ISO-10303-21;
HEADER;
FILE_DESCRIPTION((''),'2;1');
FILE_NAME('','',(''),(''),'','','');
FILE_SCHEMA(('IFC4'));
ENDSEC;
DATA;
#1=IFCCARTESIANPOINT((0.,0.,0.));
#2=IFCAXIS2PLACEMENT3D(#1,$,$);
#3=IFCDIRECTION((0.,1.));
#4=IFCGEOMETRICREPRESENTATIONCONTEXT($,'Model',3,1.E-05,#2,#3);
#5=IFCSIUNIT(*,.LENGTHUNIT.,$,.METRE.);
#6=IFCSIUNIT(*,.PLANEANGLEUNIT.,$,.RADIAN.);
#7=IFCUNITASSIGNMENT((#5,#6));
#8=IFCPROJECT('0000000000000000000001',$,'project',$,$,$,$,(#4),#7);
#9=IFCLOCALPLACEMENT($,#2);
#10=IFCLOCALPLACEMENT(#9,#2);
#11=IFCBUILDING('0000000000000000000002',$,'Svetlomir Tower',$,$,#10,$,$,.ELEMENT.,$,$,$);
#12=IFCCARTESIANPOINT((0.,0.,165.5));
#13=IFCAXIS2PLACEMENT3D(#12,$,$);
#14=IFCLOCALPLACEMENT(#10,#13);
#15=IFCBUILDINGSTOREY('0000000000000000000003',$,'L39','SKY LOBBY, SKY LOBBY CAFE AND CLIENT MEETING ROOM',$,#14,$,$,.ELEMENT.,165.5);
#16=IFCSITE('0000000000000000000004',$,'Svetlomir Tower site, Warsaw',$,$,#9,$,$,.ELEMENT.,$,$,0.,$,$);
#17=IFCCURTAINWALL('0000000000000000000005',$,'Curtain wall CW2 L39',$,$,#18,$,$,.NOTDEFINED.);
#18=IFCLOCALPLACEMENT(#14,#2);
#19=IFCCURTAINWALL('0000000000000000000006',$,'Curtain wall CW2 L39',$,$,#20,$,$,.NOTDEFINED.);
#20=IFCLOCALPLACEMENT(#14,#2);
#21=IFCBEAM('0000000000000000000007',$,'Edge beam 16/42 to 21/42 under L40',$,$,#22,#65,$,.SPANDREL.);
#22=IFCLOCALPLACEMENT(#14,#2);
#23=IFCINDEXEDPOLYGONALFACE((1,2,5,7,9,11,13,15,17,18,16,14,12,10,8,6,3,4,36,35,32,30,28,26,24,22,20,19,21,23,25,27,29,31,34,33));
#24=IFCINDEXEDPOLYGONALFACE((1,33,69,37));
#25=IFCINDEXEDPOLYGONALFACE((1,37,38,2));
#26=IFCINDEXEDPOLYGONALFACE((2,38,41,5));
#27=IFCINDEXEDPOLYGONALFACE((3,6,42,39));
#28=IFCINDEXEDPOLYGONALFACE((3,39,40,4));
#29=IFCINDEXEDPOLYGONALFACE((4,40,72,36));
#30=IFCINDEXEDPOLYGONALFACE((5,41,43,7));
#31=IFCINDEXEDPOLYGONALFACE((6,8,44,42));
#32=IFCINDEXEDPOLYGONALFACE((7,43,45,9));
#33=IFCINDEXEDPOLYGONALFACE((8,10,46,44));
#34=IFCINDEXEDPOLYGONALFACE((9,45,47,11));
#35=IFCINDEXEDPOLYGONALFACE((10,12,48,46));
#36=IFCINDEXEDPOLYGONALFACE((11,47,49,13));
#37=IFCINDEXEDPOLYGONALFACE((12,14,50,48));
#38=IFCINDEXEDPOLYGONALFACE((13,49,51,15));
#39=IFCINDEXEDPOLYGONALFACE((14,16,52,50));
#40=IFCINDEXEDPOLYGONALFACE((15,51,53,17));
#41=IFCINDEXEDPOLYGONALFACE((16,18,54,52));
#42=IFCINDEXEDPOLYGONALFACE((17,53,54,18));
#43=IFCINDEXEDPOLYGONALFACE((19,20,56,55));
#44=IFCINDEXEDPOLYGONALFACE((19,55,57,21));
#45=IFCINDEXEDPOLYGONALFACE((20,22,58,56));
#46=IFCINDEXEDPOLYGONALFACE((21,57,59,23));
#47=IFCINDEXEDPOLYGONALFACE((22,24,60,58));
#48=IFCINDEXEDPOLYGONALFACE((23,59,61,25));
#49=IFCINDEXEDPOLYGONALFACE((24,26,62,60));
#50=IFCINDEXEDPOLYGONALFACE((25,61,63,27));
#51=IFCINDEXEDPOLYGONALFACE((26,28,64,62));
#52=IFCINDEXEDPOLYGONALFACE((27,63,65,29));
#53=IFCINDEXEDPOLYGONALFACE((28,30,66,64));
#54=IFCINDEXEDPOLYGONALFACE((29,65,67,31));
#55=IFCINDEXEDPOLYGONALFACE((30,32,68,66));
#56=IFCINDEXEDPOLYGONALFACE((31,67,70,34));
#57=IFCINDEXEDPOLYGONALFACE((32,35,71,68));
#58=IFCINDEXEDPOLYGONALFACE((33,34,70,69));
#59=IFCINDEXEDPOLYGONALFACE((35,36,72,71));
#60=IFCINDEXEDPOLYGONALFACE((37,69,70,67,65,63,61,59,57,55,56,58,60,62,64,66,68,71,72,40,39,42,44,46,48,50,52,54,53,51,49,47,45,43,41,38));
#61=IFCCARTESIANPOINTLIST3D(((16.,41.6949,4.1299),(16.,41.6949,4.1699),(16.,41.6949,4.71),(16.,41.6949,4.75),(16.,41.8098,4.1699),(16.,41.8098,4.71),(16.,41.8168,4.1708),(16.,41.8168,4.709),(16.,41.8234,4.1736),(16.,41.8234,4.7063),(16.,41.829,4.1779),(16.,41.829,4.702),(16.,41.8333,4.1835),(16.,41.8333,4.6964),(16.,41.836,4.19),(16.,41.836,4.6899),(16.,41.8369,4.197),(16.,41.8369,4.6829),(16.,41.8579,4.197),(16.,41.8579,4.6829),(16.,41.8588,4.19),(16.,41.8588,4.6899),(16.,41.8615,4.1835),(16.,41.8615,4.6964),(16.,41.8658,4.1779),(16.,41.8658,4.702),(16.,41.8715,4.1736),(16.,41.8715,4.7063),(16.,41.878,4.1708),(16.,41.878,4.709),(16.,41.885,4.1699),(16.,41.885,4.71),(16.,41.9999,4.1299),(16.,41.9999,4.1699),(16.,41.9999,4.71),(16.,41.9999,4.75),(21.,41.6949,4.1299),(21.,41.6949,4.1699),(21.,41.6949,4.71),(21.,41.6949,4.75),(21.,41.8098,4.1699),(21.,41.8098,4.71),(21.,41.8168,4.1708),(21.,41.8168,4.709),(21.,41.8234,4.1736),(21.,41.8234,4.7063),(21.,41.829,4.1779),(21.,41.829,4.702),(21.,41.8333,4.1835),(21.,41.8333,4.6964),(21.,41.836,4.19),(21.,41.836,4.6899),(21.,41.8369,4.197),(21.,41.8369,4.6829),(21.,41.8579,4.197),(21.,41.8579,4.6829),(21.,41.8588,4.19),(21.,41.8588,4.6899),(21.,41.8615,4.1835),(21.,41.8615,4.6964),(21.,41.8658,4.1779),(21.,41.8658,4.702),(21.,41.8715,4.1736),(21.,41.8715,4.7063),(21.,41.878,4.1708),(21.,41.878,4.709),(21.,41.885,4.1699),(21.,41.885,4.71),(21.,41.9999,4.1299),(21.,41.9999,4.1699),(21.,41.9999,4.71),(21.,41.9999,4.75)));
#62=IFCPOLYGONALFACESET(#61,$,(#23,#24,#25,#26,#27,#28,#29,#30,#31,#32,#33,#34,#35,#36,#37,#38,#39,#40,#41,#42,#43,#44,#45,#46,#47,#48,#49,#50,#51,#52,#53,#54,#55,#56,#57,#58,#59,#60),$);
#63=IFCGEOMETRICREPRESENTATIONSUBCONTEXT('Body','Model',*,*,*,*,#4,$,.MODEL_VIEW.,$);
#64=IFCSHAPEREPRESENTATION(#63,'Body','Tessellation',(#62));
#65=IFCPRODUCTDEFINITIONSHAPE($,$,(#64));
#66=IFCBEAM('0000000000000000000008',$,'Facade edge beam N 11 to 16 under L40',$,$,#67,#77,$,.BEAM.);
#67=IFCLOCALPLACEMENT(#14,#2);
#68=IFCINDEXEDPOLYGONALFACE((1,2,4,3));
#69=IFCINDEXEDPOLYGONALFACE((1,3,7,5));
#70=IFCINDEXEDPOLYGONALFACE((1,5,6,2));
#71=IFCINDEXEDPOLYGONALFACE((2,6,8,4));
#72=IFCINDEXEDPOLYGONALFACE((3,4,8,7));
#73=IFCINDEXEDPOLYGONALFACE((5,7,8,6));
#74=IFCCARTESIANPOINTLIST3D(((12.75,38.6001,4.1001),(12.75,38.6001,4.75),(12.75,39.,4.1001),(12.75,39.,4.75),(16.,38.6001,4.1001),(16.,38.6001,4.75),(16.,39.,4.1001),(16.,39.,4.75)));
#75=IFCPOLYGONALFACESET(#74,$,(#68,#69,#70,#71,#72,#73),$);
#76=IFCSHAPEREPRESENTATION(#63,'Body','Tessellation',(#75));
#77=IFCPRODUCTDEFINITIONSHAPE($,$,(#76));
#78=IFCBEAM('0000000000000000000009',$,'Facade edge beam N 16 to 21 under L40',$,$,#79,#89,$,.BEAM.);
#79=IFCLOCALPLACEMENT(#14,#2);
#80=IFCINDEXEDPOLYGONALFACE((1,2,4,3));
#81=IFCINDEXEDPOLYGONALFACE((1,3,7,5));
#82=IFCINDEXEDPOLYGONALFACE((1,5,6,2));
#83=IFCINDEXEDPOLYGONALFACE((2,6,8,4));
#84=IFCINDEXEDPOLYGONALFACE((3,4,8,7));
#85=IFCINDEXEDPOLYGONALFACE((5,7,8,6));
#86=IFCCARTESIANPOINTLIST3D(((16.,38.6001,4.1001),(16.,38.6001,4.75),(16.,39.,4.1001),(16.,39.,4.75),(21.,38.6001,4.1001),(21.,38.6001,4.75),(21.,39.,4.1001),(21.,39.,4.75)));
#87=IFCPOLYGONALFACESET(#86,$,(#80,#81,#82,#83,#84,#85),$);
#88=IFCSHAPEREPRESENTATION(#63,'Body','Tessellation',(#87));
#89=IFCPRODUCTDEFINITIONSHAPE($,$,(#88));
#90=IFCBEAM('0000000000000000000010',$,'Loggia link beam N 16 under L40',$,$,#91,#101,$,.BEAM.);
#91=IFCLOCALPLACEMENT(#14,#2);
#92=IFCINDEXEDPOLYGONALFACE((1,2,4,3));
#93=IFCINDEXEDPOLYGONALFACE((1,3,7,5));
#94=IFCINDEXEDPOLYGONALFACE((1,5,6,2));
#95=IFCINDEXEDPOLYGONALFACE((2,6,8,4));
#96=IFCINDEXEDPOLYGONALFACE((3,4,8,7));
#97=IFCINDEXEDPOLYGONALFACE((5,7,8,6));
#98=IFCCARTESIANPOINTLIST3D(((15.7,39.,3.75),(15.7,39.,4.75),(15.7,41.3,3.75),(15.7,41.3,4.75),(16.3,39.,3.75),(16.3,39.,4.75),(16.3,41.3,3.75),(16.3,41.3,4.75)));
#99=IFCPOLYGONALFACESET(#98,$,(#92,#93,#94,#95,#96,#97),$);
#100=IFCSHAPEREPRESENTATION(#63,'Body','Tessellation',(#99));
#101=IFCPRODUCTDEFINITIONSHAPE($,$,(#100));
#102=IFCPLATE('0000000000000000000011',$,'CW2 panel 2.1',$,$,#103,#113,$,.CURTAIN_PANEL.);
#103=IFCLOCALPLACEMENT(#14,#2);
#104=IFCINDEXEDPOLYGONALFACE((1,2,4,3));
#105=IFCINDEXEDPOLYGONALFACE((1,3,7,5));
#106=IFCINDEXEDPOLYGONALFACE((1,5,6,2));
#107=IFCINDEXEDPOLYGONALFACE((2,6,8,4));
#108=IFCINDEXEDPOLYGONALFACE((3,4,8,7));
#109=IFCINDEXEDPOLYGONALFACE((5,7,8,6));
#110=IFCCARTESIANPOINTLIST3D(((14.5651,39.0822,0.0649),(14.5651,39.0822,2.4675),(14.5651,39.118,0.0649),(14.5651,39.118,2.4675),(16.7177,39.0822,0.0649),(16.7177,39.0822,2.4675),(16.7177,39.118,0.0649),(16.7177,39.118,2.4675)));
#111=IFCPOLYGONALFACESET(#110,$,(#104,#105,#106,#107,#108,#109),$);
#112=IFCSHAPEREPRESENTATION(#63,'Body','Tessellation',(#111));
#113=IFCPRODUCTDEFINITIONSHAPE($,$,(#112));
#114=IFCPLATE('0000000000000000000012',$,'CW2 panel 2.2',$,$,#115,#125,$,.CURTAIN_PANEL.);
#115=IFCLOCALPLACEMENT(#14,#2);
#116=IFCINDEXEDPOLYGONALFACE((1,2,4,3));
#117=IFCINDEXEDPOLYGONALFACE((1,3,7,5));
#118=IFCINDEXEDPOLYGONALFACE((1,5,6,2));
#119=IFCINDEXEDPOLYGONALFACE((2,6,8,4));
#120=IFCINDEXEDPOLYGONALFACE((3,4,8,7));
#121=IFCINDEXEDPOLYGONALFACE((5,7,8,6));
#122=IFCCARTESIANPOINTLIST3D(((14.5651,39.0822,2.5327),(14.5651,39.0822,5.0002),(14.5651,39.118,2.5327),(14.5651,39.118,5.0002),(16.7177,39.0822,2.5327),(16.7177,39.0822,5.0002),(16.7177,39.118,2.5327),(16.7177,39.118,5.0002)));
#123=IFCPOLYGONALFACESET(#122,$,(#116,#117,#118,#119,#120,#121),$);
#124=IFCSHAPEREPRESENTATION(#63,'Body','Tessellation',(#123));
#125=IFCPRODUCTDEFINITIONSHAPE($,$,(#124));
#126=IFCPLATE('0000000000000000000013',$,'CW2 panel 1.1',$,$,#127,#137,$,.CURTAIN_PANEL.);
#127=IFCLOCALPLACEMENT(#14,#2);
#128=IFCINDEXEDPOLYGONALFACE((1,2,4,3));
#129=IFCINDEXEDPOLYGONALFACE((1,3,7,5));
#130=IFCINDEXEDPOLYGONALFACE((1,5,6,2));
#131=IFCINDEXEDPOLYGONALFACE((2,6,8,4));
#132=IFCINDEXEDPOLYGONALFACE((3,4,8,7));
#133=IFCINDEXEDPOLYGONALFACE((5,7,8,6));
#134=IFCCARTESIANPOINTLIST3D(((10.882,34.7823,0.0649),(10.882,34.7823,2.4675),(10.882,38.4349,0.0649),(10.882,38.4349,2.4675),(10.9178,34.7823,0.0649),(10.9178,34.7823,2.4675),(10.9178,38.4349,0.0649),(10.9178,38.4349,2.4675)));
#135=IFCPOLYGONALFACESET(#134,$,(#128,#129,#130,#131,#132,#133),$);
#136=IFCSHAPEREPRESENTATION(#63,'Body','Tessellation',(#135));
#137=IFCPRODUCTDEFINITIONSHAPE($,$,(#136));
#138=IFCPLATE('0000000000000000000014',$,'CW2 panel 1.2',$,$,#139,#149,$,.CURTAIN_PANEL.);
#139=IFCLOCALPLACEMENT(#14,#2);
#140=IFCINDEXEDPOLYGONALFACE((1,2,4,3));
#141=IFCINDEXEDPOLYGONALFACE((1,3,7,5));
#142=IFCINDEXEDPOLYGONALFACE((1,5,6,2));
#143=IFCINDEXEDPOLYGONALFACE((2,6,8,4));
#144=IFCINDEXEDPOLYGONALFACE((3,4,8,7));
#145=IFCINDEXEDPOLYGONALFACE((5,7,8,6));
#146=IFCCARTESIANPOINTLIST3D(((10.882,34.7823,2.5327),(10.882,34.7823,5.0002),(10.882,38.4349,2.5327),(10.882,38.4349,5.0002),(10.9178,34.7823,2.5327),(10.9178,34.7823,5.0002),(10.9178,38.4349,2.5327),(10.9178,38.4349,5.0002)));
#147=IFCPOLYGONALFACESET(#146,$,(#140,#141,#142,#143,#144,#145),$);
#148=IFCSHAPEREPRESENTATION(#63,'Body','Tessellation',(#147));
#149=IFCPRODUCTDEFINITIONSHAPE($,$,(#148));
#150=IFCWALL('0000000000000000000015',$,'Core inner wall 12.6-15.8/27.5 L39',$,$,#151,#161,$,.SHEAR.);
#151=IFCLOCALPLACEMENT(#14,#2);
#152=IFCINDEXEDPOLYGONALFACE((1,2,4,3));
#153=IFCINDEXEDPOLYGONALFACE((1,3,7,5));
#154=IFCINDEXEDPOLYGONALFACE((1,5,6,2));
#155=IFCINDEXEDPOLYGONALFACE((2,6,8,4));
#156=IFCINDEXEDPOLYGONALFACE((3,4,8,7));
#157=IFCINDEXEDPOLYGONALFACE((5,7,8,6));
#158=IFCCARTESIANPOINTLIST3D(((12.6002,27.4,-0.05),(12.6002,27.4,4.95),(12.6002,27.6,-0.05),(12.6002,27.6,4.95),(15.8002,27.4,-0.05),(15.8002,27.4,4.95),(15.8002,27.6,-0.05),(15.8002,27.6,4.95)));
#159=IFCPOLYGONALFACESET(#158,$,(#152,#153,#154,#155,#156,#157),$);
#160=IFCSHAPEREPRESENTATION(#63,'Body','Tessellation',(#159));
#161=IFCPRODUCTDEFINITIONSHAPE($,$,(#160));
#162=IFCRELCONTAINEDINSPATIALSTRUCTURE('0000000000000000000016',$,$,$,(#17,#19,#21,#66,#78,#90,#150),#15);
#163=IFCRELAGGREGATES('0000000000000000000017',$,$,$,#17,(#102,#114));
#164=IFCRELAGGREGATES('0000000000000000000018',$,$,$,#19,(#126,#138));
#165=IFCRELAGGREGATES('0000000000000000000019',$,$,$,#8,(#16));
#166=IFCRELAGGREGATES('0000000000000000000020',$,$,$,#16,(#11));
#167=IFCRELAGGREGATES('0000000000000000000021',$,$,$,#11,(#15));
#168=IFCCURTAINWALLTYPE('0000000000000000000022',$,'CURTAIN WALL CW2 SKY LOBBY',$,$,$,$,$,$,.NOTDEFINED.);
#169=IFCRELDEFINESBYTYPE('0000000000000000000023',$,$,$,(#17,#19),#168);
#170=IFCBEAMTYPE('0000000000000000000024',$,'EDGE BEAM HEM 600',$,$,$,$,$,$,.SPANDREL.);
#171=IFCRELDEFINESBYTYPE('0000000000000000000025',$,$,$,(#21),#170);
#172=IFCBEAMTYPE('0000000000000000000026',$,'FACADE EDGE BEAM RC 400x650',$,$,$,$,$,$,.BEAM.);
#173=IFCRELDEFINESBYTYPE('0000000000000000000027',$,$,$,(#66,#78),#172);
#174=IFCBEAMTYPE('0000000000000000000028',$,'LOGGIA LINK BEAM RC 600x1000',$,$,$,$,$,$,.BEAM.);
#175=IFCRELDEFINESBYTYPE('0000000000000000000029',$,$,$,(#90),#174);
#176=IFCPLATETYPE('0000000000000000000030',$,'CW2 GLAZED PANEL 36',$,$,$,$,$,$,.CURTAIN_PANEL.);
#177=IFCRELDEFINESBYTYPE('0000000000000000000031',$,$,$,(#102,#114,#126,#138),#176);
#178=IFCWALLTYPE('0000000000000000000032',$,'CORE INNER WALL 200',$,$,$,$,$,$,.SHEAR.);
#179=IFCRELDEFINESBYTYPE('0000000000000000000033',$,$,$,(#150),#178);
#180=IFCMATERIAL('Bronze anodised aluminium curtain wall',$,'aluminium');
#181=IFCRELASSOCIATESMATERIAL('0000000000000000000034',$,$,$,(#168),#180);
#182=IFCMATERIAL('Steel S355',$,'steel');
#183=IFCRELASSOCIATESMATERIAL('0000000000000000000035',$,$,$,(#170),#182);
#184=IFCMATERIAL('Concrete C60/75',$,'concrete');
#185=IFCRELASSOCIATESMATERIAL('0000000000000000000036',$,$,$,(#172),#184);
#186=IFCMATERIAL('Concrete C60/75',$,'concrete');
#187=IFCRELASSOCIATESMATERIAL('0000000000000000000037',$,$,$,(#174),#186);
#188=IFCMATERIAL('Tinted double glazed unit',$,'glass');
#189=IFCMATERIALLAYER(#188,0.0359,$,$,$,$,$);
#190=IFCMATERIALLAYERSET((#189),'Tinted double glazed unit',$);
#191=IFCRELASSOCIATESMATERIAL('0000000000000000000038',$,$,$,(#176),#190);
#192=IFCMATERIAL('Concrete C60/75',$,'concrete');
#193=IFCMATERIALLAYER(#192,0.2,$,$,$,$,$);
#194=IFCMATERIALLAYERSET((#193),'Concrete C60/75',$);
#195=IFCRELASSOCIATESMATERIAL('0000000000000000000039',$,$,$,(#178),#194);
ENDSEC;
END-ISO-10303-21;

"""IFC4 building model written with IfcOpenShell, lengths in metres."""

from ifc_helpers import new_model, si_unit, direction, frame, frame_2d, origin, origin_2d, place, context, subcontext, project, spatial, rectangle, i_section, extrude, material, layer, layer_set, material_profile, profile_set, type_object, element, aggregate, save


model = new_model("IFC4")

# Units and contexts
model_context = context("Model", 3, precision=1e-05, world=origin(), true_north=direction((0.0, 1.0)))
body_context = subcontext(model_context, "Body", "Model", "MODEL_VIEW")
ifc_project = project(units=[si_unit("LENGTHUNIT", "METRE"), si_unit("PLANEANGLEUNIT", "RADIAN")], contexts=[model_context])

# Site, building, storey
site_placement = place(None, origin())
site = spatial("IfcSite", under=ifc_project, at=site_placement, Name="Svetlomir Tower site, Warsaw", CompositionType="ELEMENT", RefElevation=0.0)
building_placement = place(site_placement, origin())
building = spatial("IfcBuilding", under=site, at=building_placement, Name="Svetlomir Tower", CompositionType="ELEMENT")
storey_placement = place(building_placement, frame((0.0, 0.0, 165.5)))
storey = spatial("IfcBuildingStorey", under=building, at=storey_placement, Name="L39", Description="SKY LOBBY, SKY LOBBY CAFE AND CLIENT MEETING ROOM", CompositionType="ELEMENT", Elevation=165.5)

# Curtain walls
ifc_material_1 = material(Name="Bronze anodised aluminium curtain wall", Category="aluminium")
curtain_wall_type = type_object("IfcCurtainWallType", Name="CURTAIN WALL CW2 SKY LOBBY", PredefinedType="NOTDEFINED", material=ifc_material_1)
curtain_wall_1_placement = place(storey_placement, origin())
curtain_wall_1 = element("IfcCurtainWall", 1, at=curtain_wall_1_placement, inside=storey, type_object=curtain_wall_type, Name="Curtain wall CW2 L39", PredefinedType="NOTDEFINED")
curtain_wall_2_placement = place(storey_placement, origin())
curtain_wall_2 = element("IfcCurtainWall", 2, at=curtain_wall_2_placement, inside=storey, type_object=curtain_wall_type, Name="Curtain wall CW2 L39", PredefinedType="NOTDEFINED")

# Beams
ifc_material_2 = material(Name="Steel S355", Category="steel")
ifc_material_profile_1 = material_profile(ifc_material_2, i_section(OverallWidth=0.3049, OverallDepth=0.6201, WebThickness=0.021, FlangeThickness=0.04, FilletRadius=0.0271, at=origin_2d()), Name="HEM 600")
ifc_profile_set_1 = profile_set([ifc_material_profile_1], Name="Steel S355")
beam_type_1 = type_object("IfcBeamType", Name="EDGE BEAM HEM 600", PredefinedType="SPANDREL", material=ifc_profile_set_1)
beam_1_placement = place(storey_placement, frame((16.0, 41.8474, 4.4399), z_axis=(1.0, 0.0, 0.0), x_axis=(0.0, 1.0, 0.0)))
element("IfcBeam", 3, at=beam_1_placement, inside=storey, type_object=beam_type_1, Name="Edge beam 16/42 to 21/42 under L40", PredefinedType="SPANDREL", context=body_context, shape_type="SweptSolid", body=[
    extrude(i_section(OverallWidth=0.3049, OverallDepth=0.6201, WebThickness=0.021, FlangeThickness=0.04, FilletRadius=0.0271, at=origin_2d()), origin(), (0.0, 0.0, 1.0), 5.0),
])
ifc_material_3 = material(Name="Concrete C60/75", Category="concrete")
ifc_material_profile_2 = material_profile(ifc_material_3, rectangle(XDim=0.3999, YDim=0.6499, at=origin_2d()), Name="RC 400x650")
ifc_profile_set_2 = profile_set([ifc_material_profile_2], Name="Concrete C60/75")
beam_type_2 = type_object("IfcBeamType", Name="FACADE EDGE BEAM RC 400x650", PredefinedType="BEAM", material=ifc_profile_set_2)
beam_2_placement = place(storey_placement, frame((12.75, 38.8, 4.425), z_axis=(1.0, 0.0, 0.0), x_axis=(0.0, 1.0, 0.0)))
element("IfcBeam", 4, at=beam_2_placement, inside=storey, type_object=beam_type_2, Name="Facade edge beam N 11 to 16 under L40", PredefinedType="BEAM", context=body_context, shape_type="SweptSolid", body=[
    extrude(rectangle(XDim=0.3999, YDim=0.6499, at=origin_2d()), origin(), (0.0, 0.0, 1.0), 3.25),
])
beam_3_placement = place(storey_placement, frame((16.0, 38.8, 4.425), z_axis=(1.0, 0.0, 0.0), x_axis=(0.0, 1.0, 0.0)))
element("IfcBeam", 5, at=beam_3_placement, inside=storey, type_object=beam_type_2, Name="Facade edge beam N 16 to 21 under L40", PredefinedType="BEAM", context=body_context, shape_type="SweptSolid", body=[
    extrude(rectangle(XDim=0.3999, YDim=0.6499, at=origin_2d()), origin(), (0.0, 0.0, 1.0), 5.0),
])
ifc_material_4 = material(Name="Concrete C60/75", Category="concrete")
ifc_material_profile_3 = material_profile(ifc_material_4, rectangle(XDim=0.6001, YDim=1.0, at=origin_2d()), Name="RC 600x1000")
ifc_profile_set_3 = profile_set([ifc_material_profile_3], Name="Concrete C60/75")
beam_type_3 = type_object("IfcBeamType", Name="LOGGIA LINK BEAM RC 600x1000", PredefinedType="BEAM", material=ifc_profile_set_3)
beam_4_placement = place(storey_placement, frame((16.0, 41.3, 4.25), z_axis=(0.0, -1.0, 0.0), x_axis=(1.0, 0.0, 0.0)))
element("IfcBeam", 6, at=beam_4_placement, inside=storey, type_object=beam_type_3, Name="Loggia link beam N 16 under L40", PredefinedType="BEAM", context=body_context, shape_type="SweptSolid", body=[
    extrude(rectangle(XDim=0.6001, YDim=1.0, at=origin_2d()), origin(), (0.0, 0.0, 1.0), 2.3),
])

# Plates
ifc_material_5 = material(Name="Tinted double glazed unit", Category="glass")
ifc_layer_1 = layer(ifc_material_5, 0.0359)
ifc_layer_set_1 = layer_set([ifc_layer_1], Name="Tinted double glazed unit")
plate_type = type_object("IfcPlateType", Name="CW2 GLAZED PANEL 36", PredefinedType="CURTAIN_PANEL", material=ifc_layer_set_1)
plate_1_placement = place(storey_placement, frame((15.6414, 39.1001, 0.0649), z_axis=(0.0, 0.0, 1.0), x_axis=(-1.0, 0.0, 0.0)))
plate_1 = element("IfcPlate", 7, at=plate_1_placement, type_object=plate_type, Name="CW2 panel 2.1", PredefinedType="CURTAIN_PANEL", context=body_context, shape_type="SweptSolid", body=[
    extrude(rectangle(XDim=2.1526, YDim=0.0359, at=origin_2d()), origin(), (0.0, 0.0, 1.0), 2.4026),
])
plate_2_placement = place(storey_placement, frame((15.6414, 39.1001, 2.5327), z_axis=(0.0, 0.0, 1.0), x_axis=(-1.0, 0.0, 0.0)))
plate_2 = element("IfcPlate", 8, at=plate_2_placement, type_object=plate_type, Name="CW2 panel 2.2", PredefinedType="CURTAIN_PANEL", context=body_context, shape_type="SweptSolid", body=[
    extrude(rectangle(XDim=2.1526, YDim=0.0359, at=origin_2d()), origin(), (0.0, 0.0, 1.0), 2.4675),
])
aggregate(curtain_wall_1, [plate_1, plate_2])
plate_3_placement = place(storey_placement, frame((10.8999, 36.6086, 0.0649), z_axis=(0.0, 0.0, 1.0), x_axis=(0.0, -1.0, 0.0)))
plate_3 = element("IfcPlate", 9, at=plate_3_placement, type_object=plate_type, Name="CW2 panel 1.1", PredefinedType="CURTAIN_PANEL", context=body_context, shape_type="SweptSolid", body=[
    extrude(rectangle(XDim=3.6526, YDim=0.0359, at=origin_2d()), origin(), (0.0, 0.0, 1.0), 2.4026),
])
plate_4_placement = place(storey_placement, frame((10.8999, 36.6086, 2.5327), z_axis=(0.0, 0.0, 1.0), x_axis=(0.0, -1.0, 0.0)))
plate_4 = element("IfcPlate", 10, at=plate_4_placement, type_object=plate_type, Name="CW2 panel 1.2", PredefinedType="CURTAIN_PANEL", context=body_context, shape_type="SweptSolid", body=[
    extrude(rectangle(XDim=3.6526, YDim=0.0359, at=origin_2d()), origin(), (0.0, 0.0, 1.0), 2.4675),
])
aggregate(curtain_wall_2, [plate_3, plate_4])

# Wall
ifc_material_6 = material(Name="Concrete C60/75", Category="concrete")
ifc_layer_2 = layer(ifc_material_6, 0.2)
ifc_layer_set_2 = layer_set([ifc_layer_2], Name="Concrete C60/75")
wall_type_1 = type_object("IfcWallType", Name="CORE INNER WALL 200", PredefinedType="SHEAR", material=ifc_layer_set_2)
wall_1_placement = place(storey_placement, frame((12.6001, 27.5, -0.05), z_axis=(0.0, 0.0, 1.0), x_axis=(1.0, 0.0, 0.0)))
element("IfcWall", 11, at=wall_1_placement, inside=storey, type_object=wall_type_1, Name="Core inner wall 12.6-15.8/27.5 L39", PredefinedType="SHEAR", context=body_context, shape_type="SweptSolid", body=[
    extrude(rectangle(XDim=3.2, YDim=0.2, at=frame_2d((1.6001, 0.0))), origin(), (0.0, 0.0, 1.0), 5.0),
])

save(model, "model.ifc")
